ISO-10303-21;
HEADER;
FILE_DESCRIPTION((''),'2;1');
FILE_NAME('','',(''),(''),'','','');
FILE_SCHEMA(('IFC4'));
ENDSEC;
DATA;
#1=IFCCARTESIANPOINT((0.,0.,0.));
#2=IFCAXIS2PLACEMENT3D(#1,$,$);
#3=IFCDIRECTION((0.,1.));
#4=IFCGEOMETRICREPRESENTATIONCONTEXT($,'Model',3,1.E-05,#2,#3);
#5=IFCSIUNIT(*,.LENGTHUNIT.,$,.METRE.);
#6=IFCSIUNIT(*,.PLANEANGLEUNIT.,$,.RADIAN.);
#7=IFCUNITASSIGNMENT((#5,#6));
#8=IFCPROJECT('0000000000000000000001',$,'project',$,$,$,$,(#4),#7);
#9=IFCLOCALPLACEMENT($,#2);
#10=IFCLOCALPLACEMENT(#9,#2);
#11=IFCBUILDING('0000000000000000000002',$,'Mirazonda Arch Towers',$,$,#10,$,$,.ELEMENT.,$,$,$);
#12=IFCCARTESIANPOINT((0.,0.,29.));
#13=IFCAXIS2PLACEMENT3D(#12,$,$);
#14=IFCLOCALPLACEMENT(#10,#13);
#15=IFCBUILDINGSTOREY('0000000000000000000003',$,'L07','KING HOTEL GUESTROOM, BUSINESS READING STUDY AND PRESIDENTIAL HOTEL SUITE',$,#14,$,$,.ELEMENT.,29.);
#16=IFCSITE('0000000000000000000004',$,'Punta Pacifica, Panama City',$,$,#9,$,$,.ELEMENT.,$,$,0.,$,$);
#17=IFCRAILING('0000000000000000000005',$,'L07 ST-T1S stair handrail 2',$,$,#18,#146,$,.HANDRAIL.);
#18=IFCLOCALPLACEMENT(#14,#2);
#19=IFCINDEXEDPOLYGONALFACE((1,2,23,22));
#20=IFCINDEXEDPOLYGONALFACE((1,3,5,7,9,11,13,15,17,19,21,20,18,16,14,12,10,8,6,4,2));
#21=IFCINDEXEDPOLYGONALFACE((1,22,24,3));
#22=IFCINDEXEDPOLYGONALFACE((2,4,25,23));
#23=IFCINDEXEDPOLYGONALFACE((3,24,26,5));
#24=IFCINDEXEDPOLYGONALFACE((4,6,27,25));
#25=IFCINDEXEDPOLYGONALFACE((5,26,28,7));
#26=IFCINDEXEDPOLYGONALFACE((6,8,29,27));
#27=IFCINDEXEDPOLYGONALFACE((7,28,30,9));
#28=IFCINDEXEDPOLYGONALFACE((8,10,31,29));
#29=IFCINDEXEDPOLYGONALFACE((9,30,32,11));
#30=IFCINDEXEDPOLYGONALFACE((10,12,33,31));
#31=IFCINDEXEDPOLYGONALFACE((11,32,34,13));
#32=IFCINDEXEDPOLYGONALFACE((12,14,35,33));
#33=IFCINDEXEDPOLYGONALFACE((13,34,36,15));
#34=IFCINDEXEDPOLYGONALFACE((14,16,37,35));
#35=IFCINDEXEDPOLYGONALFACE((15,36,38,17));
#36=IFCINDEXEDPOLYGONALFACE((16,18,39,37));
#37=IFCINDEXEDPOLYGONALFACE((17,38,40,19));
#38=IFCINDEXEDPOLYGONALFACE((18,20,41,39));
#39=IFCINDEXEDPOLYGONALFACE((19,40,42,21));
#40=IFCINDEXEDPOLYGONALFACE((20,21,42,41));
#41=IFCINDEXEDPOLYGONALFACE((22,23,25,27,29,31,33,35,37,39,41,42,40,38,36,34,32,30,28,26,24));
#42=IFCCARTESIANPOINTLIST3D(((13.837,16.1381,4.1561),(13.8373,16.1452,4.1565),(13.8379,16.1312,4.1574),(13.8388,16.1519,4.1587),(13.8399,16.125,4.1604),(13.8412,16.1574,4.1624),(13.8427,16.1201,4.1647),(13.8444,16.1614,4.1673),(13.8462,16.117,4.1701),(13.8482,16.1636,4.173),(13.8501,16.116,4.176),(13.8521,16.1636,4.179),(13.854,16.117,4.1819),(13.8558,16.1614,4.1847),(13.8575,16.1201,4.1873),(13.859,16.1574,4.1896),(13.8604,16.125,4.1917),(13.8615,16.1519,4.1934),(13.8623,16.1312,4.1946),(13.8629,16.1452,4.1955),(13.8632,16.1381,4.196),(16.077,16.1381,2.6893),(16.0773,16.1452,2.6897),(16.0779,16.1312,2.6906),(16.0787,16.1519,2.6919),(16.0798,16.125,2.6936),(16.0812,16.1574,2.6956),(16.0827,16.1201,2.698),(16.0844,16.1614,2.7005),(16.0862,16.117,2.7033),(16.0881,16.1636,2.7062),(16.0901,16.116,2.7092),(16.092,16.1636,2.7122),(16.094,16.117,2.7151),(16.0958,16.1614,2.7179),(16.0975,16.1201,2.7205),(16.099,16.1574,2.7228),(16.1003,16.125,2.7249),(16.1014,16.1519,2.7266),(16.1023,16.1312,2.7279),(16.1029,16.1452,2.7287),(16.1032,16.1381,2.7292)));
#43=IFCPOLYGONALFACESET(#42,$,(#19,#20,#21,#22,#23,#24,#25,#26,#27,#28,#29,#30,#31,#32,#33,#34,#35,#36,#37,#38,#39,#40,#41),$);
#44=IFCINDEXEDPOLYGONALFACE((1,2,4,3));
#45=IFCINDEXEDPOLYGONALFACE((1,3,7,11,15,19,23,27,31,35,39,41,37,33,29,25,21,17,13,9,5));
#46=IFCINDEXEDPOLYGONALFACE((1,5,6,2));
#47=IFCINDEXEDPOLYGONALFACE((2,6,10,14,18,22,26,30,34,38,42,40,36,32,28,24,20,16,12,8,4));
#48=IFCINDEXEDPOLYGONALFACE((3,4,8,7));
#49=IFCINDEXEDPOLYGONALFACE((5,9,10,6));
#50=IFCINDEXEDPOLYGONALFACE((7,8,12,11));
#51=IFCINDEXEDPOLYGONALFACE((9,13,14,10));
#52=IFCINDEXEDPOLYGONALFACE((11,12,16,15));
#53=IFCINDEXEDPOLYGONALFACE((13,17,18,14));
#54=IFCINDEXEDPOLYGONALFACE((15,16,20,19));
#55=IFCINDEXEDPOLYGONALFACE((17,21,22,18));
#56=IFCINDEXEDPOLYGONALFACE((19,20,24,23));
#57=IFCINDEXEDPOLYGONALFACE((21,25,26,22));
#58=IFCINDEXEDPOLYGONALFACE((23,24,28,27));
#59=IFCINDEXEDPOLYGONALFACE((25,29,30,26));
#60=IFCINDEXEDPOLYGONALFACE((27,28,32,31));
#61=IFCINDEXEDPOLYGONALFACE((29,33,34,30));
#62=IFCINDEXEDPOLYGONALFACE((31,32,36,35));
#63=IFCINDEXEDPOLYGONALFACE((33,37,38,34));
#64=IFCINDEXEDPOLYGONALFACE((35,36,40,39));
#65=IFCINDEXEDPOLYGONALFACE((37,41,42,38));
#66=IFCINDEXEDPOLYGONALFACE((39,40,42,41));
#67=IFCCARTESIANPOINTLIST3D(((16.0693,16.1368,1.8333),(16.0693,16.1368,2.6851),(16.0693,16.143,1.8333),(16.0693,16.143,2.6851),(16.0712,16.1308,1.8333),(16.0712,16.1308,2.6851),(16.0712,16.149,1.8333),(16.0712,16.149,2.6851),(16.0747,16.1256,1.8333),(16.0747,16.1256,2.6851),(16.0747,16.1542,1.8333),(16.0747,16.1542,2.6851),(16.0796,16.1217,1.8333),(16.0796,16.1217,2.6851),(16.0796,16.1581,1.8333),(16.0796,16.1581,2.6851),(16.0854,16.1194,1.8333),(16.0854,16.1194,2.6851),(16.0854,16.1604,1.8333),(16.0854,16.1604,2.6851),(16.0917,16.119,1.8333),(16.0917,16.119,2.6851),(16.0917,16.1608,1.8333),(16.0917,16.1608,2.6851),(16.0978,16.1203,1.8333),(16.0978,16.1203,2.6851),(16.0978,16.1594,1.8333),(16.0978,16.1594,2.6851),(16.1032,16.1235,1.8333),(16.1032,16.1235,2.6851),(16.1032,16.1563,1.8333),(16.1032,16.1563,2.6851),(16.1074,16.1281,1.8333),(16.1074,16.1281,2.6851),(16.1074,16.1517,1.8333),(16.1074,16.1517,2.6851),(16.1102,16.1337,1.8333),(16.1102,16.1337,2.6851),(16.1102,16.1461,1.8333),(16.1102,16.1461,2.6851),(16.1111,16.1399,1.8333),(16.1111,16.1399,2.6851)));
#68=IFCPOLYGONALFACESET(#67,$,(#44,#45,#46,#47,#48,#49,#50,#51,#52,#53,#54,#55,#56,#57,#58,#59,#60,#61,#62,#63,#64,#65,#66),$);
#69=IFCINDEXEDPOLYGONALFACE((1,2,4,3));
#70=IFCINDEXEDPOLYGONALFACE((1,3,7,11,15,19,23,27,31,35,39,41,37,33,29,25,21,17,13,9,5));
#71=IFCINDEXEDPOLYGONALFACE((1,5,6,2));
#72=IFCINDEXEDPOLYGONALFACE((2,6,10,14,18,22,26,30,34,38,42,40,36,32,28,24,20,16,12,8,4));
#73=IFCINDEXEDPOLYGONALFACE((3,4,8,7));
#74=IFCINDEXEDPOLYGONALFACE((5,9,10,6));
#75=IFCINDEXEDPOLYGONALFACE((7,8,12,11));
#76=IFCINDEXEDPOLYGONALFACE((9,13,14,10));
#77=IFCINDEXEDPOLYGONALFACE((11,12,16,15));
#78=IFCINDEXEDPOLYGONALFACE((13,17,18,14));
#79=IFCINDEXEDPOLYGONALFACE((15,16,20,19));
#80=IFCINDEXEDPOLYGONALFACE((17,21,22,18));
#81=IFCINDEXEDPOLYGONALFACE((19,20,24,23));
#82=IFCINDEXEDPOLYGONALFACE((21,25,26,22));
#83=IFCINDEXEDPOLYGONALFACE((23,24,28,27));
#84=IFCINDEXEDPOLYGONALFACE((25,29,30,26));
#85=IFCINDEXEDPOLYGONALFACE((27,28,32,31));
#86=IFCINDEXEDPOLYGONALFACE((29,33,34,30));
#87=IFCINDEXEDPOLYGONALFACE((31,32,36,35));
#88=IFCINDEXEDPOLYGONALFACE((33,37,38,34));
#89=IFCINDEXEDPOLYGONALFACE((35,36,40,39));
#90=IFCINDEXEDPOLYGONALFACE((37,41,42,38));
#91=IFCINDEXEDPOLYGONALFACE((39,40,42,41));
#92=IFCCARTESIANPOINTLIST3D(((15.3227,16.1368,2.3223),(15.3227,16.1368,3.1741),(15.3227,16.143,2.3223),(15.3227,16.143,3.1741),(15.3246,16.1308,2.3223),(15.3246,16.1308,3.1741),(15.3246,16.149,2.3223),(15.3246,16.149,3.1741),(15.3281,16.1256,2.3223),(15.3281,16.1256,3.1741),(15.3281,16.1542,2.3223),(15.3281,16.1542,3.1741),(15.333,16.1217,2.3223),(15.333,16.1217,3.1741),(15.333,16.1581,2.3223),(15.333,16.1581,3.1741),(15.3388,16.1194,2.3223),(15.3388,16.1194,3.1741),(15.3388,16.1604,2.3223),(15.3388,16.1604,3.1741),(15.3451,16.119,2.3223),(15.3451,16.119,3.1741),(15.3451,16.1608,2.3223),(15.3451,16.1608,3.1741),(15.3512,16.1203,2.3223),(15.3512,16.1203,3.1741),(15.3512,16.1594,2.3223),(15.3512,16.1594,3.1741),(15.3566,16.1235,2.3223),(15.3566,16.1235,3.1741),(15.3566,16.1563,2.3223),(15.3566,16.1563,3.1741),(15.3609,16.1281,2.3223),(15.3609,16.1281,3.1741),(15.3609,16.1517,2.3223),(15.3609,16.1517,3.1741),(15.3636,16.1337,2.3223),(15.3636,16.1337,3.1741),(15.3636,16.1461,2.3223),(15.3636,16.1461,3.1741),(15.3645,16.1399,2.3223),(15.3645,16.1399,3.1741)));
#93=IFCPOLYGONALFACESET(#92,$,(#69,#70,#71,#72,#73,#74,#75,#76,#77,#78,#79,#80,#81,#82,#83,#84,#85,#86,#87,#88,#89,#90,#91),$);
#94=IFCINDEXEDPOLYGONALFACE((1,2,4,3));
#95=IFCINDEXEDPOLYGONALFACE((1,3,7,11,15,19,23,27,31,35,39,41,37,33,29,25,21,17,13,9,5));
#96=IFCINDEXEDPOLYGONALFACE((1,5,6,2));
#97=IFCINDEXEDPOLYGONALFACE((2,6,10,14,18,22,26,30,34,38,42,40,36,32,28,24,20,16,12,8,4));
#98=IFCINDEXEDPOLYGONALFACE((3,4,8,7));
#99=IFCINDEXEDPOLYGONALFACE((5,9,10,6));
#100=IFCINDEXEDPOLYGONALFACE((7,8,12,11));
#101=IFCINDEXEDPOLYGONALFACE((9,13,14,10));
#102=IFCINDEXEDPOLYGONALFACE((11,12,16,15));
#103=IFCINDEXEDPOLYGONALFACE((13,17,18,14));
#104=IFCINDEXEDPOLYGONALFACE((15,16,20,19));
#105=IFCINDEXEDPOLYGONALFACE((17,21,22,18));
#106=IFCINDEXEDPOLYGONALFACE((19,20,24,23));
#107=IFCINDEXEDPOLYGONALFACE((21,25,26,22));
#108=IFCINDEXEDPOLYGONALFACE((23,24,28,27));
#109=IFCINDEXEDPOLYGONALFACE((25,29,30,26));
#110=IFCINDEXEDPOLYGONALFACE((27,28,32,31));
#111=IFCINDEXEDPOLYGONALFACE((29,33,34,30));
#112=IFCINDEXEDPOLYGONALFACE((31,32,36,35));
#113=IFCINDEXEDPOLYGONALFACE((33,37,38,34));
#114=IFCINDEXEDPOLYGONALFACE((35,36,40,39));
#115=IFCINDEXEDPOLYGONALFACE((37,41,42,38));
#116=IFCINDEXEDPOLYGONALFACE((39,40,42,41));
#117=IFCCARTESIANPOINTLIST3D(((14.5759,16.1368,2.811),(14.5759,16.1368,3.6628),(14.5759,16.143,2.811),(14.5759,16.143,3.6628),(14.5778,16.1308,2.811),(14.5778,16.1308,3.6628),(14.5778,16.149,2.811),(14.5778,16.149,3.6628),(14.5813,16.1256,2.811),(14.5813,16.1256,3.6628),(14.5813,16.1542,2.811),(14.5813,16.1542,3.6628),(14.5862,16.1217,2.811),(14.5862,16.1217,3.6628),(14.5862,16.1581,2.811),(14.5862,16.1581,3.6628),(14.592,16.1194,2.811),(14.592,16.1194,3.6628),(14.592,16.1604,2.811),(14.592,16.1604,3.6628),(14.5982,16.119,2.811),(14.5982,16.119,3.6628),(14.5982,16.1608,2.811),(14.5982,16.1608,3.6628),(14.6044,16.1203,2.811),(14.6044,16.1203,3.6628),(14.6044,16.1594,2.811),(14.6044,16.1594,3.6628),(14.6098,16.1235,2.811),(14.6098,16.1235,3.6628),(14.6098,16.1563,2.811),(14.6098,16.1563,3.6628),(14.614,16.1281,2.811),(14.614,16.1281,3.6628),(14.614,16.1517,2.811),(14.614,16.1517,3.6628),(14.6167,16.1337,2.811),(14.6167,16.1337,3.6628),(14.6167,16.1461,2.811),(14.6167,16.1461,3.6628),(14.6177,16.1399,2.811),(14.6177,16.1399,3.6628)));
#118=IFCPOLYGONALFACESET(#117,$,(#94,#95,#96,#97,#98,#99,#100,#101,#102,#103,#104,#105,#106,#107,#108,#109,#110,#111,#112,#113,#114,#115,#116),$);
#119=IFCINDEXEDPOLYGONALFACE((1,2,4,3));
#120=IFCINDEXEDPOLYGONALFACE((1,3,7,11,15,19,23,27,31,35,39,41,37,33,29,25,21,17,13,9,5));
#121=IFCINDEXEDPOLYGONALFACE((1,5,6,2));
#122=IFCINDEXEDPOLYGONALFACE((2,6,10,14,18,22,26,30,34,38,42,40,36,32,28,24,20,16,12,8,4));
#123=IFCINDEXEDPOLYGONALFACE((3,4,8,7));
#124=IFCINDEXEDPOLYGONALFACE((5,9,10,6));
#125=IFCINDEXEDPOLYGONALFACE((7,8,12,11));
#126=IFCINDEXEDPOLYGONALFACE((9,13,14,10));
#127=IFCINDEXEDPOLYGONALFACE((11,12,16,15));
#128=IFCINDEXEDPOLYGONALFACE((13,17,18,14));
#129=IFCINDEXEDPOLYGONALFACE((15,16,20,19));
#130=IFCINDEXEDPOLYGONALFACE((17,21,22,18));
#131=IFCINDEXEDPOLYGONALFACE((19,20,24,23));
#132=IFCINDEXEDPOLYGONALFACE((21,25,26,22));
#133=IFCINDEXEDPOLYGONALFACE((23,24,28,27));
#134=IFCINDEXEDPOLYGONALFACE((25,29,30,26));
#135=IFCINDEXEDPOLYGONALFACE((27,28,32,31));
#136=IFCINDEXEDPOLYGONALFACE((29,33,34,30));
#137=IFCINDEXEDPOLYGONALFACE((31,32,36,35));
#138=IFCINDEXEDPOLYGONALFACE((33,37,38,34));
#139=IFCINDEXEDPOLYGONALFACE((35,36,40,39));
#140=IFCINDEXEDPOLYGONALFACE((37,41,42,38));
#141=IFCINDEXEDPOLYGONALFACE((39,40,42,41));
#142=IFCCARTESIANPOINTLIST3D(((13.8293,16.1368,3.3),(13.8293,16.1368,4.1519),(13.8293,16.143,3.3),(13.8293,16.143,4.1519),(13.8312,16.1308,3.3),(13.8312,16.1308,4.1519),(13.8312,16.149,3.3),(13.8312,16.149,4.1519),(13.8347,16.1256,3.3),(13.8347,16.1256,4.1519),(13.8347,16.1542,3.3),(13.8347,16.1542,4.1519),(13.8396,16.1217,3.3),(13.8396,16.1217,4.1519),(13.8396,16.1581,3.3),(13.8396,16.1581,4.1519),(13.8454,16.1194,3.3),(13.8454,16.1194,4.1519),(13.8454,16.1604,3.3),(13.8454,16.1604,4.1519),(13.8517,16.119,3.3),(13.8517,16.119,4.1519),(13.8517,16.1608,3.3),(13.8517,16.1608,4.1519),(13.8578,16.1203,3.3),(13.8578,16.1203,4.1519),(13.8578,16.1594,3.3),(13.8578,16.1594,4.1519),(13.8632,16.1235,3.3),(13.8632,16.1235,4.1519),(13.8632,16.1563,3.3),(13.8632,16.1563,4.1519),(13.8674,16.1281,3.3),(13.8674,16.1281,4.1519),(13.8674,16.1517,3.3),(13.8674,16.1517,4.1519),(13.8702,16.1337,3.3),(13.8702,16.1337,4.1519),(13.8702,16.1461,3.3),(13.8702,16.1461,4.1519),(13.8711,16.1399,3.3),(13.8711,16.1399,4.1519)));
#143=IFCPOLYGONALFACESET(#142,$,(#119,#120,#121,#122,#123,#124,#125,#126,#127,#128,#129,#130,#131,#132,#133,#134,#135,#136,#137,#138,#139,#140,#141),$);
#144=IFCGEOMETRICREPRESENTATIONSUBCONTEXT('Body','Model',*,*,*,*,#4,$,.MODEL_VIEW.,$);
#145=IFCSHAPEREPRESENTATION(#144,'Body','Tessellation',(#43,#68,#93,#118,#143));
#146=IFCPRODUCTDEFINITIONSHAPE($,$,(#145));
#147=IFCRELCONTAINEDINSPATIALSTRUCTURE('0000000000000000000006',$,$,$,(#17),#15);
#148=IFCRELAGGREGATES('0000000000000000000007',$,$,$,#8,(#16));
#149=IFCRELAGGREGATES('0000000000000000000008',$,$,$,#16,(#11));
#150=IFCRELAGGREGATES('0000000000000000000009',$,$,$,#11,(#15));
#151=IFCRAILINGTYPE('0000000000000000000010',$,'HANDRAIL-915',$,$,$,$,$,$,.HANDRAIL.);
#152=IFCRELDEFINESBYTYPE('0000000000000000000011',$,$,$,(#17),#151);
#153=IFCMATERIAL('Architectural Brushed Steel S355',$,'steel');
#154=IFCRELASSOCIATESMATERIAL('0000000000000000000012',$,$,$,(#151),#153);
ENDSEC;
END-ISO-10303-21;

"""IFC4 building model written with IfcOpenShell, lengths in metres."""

from ifc_helpers import new_model, si_unit, direction, frame, origin, origin_2d, place, context, subcontext, project, spatial, circle, extrude, material, type_object, element, save


model = new_model("IFC4")

# Units and contexts
model_context = context("Model", 3, precision=1e-05, world=origin(), true_north=direction((0.0, 1.0)))
body_context = subcontext(model_context, "Body", "Model", "MODEL_VIEW")
ifc_project = project(units=[si_unit("LENGTHUNIT", "METRE"), si_unit("PLANEANGLEUNIT", "RADIAN")], contexts=[model_context])

# Site, building, storey
site_placement = place(None, origin())
site = spatial("IfcSite", under=ifc_project, at=site_placement, Name="Punta Pacifica, Panama City", CompositionType="ELEMENT", RefElevation=0.0)
building_placement = place(site_placement, origin())
building = spatial("IfcBuilding", under=site, at=building_placement, Name="Mirazonda Arch Towers", CompositionType="ELEMENT")
storey_placement = place(building_placement, frame((0.0, 0.0, 29.0)))
storey = spatial("IfcBuildingStorey", under=building, at=storey_placement, Name="L07", Description="KING HOTEL GUESTROOM, BUSINESS READING STUDY AND PRESIDENTIAL HOTEL SUITE", CompositionType="ELEMENT", Elevation=29.0)

# Railing
ifc_material_1 = material(Name="Architectural Brushed Steel S355", Category="steel")
railing_type_1 = type_object("IfcRailingType", Name="HANDRAIL-915", PredefinedType="HANDRAIL", material=ifc_material_1)
railing_1_placement = place(storey_placement, frame((16.0901, 16.1399, 1.8333)))
element("IfcRailing", 1, at=railing_1_placement, inside=storey, type_object=railing_type_1, Name="L07 ST-T1S stair handrail 2", PredefinedType="HANDRAIL", context=body_context, shape_type="SweptSolid", body=[
    extrude(circle(Radius=0.0239, at=origin_2d()), frame((0.0, 0.0, 0.876), z_axis=(-0.836595, 0.0, 0.547822), x_axis=(0.0, -1.0, 0.0)), (0.0, 0.0, 1.0), 2.6775),
    extrude(circle(Radius=0.021, at=origin_2d()), origin(), (0.0, 0.0, 1.0), 0.8518),
    extrude(circle(Radius=0.021, at=origin_2d()), frame((-0.7466, 0.0, 0.489)), (0.0, 0.0, 1.0), 0.8518),
    extrude(circle(Radius=0.021, at=origin_2d()), frame((-1.4934, 0.0, 0.9778)), (0.0, 0.0, 1.0), 0.8518),
    extrude(circle(Radius=0.021, at=origin_2d()), frame((-2.24, 0.0, 1.4668)), (0.0, 0.0, 1.0), 0.8518),
])

save(model, "model.ifc")
